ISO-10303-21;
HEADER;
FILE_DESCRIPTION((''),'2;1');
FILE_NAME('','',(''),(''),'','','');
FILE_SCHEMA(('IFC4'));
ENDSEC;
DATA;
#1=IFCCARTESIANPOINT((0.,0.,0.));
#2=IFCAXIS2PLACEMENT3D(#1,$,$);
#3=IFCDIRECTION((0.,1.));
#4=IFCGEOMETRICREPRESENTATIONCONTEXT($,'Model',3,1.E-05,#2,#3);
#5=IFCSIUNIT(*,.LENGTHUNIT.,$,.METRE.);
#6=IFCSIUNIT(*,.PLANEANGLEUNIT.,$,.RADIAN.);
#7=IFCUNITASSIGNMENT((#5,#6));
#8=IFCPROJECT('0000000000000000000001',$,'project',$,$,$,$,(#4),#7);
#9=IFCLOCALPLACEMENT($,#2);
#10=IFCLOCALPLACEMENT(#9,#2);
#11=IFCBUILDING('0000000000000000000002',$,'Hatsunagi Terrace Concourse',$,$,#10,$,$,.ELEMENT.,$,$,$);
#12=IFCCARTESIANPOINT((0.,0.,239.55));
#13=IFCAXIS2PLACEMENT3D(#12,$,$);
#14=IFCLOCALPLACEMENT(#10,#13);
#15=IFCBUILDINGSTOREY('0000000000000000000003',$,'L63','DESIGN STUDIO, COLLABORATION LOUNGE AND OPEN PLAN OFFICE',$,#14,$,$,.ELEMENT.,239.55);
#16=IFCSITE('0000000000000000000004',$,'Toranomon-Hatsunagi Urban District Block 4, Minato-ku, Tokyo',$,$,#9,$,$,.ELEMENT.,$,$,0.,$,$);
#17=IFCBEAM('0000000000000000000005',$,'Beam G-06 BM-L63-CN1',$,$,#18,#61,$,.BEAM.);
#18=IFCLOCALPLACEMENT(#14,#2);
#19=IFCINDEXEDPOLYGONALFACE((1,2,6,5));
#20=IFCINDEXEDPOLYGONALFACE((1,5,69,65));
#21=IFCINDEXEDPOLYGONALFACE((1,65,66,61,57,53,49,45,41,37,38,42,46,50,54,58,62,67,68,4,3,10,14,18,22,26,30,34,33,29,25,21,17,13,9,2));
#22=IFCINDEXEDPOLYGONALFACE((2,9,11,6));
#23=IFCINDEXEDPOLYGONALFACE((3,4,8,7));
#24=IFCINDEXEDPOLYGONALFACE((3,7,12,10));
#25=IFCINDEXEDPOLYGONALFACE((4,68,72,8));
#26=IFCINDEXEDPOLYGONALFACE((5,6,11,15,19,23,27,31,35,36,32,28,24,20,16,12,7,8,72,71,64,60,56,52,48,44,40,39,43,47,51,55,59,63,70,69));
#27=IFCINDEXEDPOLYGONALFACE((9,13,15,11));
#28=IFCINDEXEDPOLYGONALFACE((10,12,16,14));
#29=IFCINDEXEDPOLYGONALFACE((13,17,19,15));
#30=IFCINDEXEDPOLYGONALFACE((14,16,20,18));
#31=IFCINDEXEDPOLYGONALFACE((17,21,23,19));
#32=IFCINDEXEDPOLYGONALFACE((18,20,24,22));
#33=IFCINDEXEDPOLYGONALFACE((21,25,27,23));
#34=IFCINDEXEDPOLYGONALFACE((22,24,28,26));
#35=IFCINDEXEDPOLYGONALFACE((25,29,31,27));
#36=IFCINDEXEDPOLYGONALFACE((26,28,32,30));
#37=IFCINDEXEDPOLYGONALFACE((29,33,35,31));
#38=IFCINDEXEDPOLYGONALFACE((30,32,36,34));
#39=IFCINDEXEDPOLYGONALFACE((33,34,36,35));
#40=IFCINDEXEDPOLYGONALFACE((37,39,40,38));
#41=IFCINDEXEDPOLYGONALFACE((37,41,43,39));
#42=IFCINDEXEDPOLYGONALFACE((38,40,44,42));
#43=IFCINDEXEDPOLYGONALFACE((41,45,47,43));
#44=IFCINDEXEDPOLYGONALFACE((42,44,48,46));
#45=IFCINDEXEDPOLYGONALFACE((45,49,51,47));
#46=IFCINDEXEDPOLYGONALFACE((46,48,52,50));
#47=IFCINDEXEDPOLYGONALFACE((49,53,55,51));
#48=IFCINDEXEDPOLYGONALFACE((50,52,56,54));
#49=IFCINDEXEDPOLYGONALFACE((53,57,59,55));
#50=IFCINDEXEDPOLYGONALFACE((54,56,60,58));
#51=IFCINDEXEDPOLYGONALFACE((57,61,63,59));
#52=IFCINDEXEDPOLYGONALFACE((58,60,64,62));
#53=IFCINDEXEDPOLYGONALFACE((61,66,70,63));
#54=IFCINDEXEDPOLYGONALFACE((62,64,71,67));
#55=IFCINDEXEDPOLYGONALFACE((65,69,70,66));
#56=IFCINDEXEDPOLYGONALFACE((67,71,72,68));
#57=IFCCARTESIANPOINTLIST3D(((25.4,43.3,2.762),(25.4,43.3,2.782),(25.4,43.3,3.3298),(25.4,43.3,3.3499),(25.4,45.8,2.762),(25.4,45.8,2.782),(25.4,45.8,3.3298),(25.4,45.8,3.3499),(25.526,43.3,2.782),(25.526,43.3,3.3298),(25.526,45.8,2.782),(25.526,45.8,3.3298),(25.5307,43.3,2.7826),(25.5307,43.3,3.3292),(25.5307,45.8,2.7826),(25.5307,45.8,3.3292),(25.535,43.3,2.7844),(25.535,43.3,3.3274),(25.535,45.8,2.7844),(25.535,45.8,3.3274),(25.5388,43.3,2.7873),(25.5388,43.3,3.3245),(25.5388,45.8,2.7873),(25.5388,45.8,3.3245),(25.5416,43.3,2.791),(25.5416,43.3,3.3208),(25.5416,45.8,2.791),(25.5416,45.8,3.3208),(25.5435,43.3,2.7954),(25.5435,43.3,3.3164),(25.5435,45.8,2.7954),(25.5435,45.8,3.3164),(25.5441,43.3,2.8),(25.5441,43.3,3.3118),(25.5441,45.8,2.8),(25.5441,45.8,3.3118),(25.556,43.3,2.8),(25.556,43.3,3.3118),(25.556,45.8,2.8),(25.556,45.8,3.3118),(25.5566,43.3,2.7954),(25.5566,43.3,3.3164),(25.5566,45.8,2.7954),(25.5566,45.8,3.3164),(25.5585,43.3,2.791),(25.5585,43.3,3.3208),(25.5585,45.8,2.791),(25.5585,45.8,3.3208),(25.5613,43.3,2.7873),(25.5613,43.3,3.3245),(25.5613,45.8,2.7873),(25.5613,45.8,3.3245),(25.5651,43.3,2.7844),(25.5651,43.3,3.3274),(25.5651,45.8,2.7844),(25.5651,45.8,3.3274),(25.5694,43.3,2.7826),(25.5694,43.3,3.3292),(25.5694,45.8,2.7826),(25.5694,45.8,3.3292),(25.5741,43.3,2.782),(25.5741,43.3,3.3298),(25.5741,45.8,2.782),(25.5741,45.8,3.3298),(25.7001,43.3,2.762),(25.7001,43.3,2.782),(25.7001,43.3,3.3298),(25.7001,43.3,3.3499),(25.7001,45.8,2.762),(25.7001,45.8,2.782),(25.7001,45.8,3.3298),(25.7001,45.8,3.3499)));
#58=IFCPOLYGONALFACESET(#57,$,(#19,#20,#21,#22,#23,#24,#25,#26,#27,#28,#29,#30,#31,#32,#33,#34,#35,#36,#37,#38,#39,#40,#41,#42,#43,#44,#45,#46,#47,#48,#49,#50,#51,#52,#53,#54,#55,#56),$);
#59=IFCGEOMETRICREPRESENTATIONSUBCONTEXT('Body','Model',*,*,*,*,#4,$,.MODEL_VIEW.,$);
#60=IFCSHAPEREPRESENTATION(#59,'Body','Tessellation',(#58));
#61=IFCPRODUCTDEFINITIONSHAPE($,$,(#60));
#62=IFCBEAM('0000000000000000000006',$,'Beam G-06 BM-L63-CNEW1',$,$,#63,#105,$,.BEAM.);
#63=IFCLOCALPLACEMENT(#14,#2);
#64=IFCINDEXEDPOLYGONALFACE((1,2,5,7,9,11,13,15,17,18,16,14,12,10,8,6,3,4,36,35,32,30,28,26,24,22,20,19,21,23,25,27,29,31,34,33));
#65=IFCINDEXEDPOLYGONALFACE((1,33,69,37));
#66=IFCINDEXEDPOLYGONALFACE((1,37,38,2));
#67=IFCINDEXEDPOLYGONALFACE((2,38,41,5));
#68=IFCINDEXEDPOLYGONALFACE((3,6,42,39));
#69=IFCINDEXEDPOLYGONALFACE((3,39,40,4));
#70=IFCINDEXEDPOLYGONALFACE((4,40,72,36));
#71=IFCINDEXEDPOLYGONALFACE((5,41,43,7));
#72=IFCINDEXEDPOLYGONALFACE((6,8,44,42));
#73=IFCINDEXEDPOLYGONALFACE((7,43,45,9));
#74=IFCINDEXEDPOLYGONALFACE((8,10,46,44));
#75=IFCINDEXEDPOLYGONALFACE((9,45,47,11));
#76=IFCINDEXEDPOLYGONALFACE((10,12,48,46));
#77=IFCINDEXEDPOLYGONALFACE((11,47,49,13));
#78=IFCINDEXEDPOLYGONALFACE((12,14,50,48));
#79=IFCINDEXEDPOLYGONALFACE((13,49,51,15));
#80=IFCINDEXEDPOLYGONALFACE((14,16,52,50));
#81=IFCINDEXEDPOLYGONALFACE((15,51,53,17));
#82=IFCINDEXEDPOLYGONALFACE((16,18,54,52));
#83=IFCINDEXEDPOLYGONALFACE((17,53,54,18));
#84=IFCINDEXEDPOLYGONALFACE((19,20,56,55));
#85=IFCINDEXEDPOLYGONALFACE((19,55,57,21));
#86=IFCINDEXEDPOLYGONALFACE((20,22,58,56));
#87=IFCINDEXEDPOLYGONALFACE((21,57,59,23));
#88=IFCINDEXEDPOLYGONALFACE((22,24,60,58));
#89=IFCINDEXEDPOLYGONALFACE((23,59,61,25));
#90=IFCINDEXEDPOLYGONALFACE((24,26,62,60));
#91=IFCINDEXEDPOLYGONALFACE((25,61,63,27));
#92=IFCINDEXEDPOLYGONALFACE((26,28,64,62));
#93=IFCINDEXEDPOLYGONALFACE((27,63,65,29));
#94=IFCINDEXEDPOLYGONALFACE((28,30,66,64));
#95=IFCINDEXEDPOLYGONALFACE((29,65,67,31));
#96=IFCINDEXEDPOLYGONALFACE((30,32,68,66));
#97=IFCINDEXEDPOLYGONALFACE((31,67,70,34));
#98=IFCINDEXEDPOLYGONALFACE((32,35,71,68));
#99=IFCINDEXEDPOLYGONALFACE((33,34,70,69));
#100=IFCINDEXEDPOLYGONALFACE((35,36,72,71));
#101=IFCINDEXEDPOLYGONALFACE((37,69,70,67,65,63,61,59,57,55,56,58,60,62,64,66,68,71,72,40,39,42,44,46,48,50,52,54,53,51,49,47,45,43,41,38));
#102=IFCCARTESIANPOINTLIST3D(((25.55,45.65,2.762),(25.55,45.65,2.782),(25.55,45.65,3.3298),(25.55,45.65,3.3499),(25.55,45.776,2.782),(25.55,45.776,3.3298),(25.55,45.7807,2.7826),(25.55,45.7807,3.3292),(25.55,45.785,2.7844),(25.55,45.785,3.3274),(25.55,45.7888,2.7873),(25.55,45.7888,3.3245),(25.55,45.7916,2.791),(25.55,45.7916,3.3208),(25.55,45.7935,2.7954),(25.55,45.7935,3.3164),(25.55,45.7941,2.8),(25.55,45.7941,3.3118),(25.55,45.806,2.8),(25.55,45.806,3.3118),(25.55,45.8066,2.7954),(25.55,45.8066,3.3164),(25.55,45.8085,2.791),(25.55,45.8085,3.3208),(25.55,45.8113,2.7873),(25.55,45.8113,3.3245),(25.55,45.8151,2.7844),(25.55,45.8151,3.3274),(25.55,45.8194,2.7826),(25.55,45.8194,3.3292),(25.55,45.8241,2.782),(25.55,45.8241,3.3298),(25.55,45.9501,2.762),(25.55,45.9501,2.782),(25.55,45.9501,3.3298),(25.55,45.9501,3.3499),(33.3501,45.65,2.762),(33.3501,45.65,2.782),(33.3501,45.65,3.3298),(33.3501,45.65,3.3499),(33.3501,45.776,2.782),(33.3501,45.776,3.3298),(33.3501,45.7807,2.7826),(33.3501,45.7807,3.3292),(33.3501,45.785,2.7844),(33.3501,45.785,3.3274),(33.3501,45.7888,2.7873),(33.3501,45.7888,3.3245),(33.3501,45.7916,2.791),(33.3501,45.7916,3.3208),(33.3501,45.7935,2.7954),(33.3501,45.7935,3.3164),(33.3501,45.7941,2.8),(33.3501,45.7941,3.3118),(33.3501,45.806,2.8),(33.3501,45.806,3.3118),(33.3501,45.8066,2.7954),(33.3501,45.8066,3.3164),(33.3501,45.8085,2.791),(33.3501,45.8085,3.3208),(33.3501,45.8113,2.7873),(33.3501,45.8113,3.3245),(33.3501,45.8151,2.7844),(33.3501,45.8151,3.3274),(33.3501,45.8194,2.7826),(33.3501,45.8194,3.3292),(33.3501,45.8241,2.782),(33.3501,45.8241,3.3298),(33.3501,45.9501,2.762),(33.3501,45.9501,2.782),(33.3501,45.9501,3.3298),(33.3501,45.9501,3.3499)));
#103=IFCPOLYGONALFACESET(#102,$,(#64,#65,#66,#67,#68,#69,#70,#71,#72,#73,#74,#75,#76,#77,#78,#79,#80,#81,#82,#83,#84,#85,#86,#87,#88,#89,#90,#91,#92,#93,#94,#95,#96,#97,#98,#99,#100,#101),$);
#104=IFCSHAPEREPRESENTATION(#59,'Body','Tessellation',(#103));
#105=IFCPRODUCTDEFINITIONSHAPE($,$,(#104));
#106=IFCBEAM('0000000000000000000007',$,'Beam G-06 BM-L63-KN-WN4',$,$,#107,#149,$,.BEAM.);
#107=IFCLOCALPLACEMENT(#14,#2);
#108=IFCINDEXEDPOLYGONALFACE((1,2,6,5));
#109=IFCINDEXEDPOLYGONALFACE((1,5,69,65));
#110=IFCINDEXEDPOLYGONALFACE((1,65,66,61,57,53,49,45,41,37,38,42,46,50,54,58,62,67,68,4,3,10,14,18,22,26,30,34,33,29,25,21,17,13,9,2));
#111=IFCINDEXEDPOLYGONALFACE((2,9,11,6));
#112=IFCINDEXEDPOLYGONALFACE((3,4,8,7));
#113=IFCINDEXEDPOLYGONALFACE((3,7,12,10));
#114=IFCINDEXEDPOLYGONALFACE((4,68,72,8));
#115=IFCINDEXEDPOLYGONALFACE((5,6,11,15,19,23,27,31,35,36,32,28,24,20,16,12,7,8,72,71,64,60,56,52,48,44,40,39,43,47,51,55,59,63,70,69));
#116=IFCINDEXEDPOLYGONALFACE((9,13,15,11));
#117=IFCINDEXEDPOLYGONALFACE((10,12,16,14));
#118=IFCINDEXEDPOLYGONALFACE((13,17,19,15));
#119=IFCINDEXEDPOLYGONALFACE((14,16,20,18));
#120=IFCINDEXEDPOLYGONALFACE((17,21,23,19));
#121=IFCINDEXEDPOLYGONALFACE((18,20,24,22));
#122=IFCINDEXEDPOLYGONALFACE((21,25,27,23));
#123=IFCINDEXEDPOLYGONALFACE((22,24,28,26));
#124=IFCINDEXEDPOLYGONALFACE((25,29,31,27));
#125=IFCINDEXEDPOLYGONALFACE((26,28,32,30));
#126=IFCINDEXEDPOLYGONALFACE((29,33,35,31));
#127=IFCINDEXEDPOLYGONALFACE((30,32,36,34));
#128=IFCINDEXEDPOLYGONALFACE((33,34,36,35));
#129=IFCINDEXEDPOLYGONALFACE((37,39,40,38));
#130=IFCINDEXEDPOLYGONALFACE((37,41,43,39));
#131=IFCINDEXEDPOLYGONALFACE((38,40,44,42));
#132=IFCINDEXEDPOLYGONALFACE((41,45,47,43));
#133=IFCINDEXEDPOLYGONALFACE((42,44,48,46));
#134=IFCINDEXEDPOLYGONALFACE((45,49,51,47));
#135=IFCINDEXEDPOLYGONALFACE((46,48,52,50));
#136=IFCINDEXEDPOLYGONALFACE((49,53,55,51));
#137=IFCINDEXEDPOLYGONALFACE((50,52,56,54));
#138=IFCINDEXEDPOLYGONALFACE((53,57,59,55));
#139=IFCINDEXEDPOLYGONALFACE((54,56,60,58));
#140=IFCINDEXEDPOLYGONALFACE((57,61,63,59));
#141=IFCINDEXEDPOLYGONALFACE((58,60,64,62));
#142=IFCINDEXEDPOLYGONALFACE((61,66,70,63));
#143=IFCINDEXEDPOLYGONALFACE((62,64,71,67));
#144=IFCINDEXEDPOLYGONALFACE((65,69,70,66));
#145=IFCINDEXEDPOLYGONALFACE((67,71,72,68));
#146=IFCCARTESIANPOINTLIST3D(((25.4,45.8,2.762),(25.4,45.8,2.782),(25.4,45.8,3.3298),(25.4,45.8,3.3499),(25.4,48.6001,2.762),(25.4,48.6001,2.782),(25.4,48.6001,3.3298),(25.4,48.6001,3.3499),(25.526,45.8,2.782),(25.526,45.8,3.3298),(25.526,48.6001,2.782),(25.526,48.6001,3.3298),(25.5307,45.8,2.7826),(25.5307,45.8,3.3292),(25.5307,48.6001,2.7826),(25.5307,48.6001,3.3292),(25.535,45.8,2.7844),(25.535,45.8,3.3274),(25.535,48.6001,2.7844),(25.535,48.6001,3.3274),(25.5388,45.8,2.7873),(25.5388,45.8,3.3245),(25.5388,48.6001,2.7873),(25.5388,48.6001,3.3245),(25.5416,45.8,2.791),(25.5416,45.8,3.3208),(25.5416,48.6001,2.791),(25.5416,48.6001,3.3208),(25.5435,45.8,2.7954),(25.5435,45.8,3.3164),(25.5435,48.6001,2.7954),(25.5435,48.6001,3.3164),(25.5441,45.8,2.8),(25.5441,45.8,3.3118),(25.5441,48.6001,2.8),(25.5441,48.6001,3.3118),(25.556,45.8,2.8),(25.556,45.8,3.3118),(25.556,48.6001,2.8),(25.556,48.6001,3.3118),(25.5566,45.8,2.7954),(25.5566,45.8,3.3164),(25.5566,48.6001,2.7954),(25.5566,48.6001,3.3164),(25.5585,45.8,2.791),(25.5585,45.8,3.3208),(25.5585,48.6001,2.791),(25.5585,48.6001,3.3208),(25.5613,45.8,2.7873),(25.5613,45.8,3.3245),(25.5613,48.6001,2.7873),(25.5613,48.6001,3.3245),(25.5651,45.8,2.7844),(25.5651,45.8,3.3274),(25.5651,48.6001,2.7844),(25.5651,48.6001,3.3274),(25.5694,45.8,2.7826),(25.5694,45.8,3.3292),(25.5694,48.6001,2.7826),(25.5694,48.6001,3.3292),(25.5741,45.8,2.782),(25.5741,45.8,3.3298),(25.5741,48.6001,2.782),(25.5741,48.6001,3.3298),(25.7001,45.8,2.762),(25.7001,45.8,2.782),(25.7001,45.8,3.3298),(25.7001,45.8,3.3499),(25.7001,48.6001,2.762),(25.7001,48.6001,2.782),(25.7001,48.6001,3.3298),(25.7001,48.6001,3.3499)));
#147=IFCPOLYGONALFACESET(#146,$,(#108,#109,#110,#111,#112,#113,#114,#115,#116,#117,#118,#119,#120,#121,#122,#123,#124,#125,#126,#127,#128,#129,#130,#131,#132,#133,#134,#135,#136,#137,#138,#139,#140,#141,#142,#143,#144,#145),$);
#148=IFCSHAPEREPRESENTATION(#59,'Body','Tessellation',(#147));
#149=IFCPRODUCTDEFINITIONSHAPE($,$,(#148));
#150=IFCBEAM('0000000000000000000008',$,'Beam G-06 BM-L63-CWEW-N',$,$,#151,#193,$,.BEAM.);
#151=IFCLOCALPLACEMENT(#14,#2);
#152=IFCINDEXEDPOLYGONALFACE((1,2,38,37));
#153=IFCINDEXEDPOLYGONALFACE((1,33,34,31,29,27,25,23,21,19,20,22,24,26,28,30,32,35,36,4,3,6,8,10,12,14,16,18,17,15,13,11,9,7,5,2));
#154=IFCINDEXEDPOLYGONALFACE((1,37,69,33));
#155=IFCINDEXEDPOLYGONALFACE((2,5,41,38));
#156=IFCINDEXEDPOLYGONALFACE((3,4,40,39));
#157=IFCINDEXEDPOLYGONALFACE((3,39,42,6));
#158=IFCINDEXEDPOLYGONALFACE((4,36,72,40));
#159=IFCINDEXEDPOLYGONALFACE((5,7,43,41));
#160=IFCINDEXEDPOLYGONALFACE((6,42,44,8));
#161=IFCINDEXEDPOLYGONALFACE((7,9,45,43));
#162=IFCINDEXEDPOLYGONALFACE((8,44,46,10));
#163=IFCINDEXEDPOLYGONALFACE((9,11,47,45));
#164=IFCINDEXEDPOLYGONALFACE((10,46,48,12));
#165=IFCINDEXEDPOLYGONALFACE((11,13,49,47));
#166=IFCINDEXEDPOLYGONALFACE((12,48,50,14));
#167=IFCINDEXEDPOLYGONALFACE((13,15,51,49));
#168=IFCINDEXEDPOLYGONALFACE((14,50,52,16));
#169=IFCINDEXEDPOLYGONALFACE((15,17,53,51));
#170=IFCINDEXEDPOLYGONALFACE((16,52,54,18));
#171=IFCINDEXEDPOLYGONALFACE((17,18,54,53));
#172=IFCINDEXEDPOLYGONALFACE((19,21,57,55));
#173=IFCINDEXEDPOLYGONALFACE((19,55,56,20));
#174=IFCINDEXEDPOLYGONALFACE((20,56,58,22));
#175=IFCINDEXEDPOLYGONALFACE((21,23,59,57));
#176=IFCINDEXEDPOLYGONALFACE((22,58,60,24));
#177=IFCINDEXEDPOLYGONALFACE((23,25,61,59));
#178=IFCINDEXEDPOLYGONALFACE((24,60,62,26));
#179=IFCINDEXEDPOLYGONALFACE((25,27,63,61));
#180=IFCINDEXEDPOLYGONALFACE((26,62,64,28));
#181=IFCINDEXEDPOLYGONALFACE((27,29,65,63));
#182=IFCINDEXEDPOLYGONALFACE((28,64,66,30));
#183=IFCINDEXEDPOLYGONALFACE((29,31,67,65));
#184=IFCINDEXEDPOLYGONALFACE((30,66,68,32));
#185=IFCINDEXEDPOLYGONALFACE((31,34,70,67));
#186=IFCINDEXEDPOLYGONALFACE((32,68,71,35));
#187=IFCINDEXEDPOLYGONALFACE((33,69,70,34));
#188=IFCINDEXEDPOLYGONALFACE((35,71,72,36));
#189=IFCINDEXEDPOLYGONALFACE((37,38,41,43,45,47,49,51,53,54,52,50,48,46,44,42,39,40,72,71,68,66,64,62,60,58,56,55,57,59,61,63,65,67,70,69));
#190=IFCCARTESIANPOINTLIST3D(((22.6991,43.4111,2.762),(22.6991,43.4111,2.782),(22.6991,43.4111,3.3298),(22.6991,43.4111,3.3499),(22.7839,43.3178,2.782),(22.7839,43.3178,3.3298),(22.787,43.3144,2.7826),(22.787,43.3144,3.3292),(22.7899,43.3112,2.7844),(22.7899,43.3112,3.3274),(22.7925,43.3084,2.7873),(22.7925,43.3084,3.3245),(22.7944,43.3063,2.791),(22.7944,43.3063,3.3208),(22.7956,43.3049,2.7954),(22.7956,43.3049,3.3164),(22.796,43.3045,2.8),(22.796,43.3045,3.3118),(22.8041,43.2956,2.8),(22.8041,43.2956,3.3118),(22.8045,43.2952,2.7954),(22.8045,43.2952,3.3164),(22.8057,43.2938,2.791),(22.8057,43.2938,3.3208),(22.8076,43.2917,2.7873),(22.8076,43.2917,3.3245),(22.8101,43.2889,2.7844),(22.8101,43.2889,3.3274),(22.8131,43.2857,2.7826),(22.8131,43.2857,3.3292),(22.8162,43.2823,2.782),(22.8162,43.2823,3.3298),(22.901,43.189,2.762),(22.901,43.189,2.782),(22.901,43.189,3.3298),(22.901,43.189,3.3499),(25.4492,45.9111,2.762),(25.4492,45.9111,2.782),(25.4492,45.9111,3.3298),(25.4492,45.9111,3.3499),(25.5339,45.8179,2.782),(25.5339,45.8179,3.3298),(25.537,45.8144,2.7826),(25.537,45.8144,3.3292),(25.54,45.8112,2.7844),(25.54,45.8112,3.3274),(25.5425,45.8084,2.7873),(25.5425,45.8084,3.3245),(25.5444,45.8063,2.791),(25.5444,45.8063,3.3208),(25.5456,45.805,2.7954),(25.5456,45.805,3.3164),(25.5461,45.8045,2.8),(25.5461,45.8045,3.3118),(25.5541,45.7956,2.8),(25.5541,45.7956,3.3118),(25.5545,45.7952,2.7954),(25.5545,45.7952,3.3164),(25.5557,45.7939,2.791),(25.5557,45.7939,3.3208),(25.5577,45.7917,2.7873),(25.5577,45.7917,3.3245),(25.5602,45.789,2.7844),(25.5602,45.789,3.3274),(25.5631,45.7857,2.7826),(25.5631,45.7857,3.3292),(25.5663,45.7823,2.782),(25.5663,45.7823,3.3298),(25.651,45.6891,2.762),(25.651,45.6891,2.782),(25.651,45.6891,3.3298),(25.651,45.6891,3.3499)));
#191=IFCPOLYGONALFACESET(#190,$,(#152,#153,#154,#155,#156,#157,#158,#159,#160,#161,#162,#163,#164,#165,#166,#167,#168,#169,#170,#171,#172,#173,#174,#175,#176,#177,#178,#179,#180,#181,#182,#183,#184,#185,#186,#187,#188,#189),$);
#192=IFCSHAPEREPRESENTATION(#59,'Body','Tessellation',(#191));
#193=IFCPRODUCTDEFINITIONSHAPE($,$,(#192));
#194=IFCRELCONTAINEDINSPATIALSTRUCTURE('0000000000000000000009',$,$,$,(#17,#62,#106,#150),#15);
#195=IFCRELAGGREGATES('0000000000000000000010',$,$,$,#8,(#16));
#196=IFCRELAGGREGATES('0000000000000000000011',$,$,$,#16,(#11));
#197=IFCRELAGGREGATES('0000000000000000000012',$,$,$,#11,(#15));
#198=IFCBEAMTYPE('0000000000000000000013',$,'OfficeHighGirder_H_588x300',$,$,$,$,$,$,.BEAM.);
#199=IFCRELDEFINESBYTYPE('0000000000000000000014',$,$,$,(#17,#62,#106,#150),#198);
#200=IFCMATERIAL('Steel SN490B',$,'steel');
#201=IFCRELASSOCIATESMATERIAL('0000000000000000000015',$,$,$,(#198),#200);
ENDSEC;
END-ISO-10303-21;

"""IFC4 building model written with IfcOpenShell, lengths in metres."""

from ifc_helpers import new_model, si_unit, direction, frame, origin, origin_2d, place, context, subcontext, project, spatial, i_section, extrude, material, material_profile, profile_set, type_object, element, save


model = new_model("IFC4")

# Units and contexts
model_context = context("Model", 3, precision=1e-05, world=origin(), true_north=direction((0.0, 1.0)))
body_context = subcontext(model_context, "Body", "Model", "MODEL_VIEW")
ifc_project = project(units=[si_unit("LENGTHUNIT", "METRE"), si_unit("PLANEANGLEUNIT", "RADIAN")], contexts=[model_context])

# Site, building, storey
site_placement = place(None, origin())
site = spatial("IfcSite", under=ifc_project, at=site_placement, Name="Toranomon-Hatsunagi Urban District Block 4, Minato-ku, Tokyo", CompositionType="ELEMENT", RefElevation=0.0)
building_placement = place(site_placement, origin())
building = spatial("IfcBuilding", under=site, at=building_placement, Name="Hatsunagi Terrace Concourse", CompositionType="ELEMENT")
storey_placement = place(building_placement, frame((0.0, 0.0, 239.55)))
storey = spatial("IfcBuildingStorey", under=building, at=storey_placement, Name="L63", Description="DESIGN STUDIO, COLLABORATION LOUNGE AND OPEN PLAN OFFICE", CompositionType="ELEMENT", Elevation=239.55)

# Beams
ifc_material_1 = material(Name="Steel SN490B", Category="steel")
ifc_material_profile_1 = material_profile(ifc_material_1, i_section(OverallWidth=0.3, OverallDepth=0.5879, WebThickness=0.012, FlangeThickness=0.02, FilletRadius=0.0181, at=origin_2d()), Name="H-588x300x12x20")
ifc_profile_set_1 = profile_set([ifc_material_profile_1], Name="Steel SN490B")
beam_type_1 = type_object("IfcBeamType", Name="OfficeHighGirder_H_588x300", PredefinedType="BEAM", material=ifc_profile_set_1)
beam_1_placement = place(storey_placement, frame((25.55, 43.3, 3.0559), z_axis=(0.0, 1.0, 0.0), x_axis=(-1.0, 0.0, 0.0)))
element("IfcBeam", 1, at=beam_1_placement, inside=storey, type_object=beam_type_1, Name="Beam G-06 BM-L63-CN1", PredefinedType="BEAM", context=body_context, shape_type="SweptSolid", body=[
    extrude(i_section(OverallWidth=0.3, OverallDepth=0.5879, WebThickness=0.012, FlangeThickness=0.02, FilletRadius=0.0181, at=origin_2d()), origin(), (0.0, 0.0, 1.0), 2.5),
])
beam_2_placement = place(storey_placement, frame((25.55, 45.8, 3.0559), z_axis=(1.0, 0.0, 0.0), x_axis=(0.0, 1.0, 0.0)))
element("IfcBeam", 2, at=beam_2_placement, inside=storey, type_object=beam_type_1, Name="Beam G-06 BM-L63-CNEW1", PredefinedType="BEAM", context=body_context, shape_type="SweptSolid", body=[
    extrude(i_section(OverallWidth=0.3, OverallDepth=0.5879, WebThickness=0.012, FlangeThickness=0.02, FilletRadius=0.0181, at=origin_2d()), origin(), (0.0, 0.0, 1.0), 7.8),
])
beam_3_placement = place(storey_placement, frame((25.55, 45.8, 3.0559), z_axis=(0.0, 1.0, 0.0), x_axis=(-1.0, 0.0, 0.0)))
element("IfcBeam", 3, at=beam_3_placement, inside=storey, type_object=beam_type_1, Name="Beam G-06 BM-L63-KN-WN4", PredefinedType="BEAM", context=body_context, shape_type="SweptSolid", body=[
    extrude(i_section(OverallWidth=0.3, OverallDepth=0.5879, WebThickness=0.012, FlangeThickness=0.02, FilletRadius=0.0181, at=origin_2d()), origin(), (0.0, 0.0, 1.0), 2.8),
])
beam_4_placement = place(storey_placement, frame((22.8, 43.3, 3.0559), z_axis=(0.73994, 0.672673, 0.0), x_axis=(-0.672673, 0.73994, 0.0)))
element("IfcBeam", 4, at=beam_4_placement, inside=storey, type_object=beam_type_1, Name="Beam G-06 BM-L63-CWEW-N", PredefinedType="BEAM", context=body_context, shape_type="SweptSolid", body=[
    extrude(i_section(OverallWidth=0.3, OverallDepth=0.5879, WebThickness=0.012, FlangeThickness=0.02, FilletRadius=0.0181, at=origin_2d()), origin(), (0.0, 0.0, 1.0), 3.7166),
])

save(model, "model.ifc")
